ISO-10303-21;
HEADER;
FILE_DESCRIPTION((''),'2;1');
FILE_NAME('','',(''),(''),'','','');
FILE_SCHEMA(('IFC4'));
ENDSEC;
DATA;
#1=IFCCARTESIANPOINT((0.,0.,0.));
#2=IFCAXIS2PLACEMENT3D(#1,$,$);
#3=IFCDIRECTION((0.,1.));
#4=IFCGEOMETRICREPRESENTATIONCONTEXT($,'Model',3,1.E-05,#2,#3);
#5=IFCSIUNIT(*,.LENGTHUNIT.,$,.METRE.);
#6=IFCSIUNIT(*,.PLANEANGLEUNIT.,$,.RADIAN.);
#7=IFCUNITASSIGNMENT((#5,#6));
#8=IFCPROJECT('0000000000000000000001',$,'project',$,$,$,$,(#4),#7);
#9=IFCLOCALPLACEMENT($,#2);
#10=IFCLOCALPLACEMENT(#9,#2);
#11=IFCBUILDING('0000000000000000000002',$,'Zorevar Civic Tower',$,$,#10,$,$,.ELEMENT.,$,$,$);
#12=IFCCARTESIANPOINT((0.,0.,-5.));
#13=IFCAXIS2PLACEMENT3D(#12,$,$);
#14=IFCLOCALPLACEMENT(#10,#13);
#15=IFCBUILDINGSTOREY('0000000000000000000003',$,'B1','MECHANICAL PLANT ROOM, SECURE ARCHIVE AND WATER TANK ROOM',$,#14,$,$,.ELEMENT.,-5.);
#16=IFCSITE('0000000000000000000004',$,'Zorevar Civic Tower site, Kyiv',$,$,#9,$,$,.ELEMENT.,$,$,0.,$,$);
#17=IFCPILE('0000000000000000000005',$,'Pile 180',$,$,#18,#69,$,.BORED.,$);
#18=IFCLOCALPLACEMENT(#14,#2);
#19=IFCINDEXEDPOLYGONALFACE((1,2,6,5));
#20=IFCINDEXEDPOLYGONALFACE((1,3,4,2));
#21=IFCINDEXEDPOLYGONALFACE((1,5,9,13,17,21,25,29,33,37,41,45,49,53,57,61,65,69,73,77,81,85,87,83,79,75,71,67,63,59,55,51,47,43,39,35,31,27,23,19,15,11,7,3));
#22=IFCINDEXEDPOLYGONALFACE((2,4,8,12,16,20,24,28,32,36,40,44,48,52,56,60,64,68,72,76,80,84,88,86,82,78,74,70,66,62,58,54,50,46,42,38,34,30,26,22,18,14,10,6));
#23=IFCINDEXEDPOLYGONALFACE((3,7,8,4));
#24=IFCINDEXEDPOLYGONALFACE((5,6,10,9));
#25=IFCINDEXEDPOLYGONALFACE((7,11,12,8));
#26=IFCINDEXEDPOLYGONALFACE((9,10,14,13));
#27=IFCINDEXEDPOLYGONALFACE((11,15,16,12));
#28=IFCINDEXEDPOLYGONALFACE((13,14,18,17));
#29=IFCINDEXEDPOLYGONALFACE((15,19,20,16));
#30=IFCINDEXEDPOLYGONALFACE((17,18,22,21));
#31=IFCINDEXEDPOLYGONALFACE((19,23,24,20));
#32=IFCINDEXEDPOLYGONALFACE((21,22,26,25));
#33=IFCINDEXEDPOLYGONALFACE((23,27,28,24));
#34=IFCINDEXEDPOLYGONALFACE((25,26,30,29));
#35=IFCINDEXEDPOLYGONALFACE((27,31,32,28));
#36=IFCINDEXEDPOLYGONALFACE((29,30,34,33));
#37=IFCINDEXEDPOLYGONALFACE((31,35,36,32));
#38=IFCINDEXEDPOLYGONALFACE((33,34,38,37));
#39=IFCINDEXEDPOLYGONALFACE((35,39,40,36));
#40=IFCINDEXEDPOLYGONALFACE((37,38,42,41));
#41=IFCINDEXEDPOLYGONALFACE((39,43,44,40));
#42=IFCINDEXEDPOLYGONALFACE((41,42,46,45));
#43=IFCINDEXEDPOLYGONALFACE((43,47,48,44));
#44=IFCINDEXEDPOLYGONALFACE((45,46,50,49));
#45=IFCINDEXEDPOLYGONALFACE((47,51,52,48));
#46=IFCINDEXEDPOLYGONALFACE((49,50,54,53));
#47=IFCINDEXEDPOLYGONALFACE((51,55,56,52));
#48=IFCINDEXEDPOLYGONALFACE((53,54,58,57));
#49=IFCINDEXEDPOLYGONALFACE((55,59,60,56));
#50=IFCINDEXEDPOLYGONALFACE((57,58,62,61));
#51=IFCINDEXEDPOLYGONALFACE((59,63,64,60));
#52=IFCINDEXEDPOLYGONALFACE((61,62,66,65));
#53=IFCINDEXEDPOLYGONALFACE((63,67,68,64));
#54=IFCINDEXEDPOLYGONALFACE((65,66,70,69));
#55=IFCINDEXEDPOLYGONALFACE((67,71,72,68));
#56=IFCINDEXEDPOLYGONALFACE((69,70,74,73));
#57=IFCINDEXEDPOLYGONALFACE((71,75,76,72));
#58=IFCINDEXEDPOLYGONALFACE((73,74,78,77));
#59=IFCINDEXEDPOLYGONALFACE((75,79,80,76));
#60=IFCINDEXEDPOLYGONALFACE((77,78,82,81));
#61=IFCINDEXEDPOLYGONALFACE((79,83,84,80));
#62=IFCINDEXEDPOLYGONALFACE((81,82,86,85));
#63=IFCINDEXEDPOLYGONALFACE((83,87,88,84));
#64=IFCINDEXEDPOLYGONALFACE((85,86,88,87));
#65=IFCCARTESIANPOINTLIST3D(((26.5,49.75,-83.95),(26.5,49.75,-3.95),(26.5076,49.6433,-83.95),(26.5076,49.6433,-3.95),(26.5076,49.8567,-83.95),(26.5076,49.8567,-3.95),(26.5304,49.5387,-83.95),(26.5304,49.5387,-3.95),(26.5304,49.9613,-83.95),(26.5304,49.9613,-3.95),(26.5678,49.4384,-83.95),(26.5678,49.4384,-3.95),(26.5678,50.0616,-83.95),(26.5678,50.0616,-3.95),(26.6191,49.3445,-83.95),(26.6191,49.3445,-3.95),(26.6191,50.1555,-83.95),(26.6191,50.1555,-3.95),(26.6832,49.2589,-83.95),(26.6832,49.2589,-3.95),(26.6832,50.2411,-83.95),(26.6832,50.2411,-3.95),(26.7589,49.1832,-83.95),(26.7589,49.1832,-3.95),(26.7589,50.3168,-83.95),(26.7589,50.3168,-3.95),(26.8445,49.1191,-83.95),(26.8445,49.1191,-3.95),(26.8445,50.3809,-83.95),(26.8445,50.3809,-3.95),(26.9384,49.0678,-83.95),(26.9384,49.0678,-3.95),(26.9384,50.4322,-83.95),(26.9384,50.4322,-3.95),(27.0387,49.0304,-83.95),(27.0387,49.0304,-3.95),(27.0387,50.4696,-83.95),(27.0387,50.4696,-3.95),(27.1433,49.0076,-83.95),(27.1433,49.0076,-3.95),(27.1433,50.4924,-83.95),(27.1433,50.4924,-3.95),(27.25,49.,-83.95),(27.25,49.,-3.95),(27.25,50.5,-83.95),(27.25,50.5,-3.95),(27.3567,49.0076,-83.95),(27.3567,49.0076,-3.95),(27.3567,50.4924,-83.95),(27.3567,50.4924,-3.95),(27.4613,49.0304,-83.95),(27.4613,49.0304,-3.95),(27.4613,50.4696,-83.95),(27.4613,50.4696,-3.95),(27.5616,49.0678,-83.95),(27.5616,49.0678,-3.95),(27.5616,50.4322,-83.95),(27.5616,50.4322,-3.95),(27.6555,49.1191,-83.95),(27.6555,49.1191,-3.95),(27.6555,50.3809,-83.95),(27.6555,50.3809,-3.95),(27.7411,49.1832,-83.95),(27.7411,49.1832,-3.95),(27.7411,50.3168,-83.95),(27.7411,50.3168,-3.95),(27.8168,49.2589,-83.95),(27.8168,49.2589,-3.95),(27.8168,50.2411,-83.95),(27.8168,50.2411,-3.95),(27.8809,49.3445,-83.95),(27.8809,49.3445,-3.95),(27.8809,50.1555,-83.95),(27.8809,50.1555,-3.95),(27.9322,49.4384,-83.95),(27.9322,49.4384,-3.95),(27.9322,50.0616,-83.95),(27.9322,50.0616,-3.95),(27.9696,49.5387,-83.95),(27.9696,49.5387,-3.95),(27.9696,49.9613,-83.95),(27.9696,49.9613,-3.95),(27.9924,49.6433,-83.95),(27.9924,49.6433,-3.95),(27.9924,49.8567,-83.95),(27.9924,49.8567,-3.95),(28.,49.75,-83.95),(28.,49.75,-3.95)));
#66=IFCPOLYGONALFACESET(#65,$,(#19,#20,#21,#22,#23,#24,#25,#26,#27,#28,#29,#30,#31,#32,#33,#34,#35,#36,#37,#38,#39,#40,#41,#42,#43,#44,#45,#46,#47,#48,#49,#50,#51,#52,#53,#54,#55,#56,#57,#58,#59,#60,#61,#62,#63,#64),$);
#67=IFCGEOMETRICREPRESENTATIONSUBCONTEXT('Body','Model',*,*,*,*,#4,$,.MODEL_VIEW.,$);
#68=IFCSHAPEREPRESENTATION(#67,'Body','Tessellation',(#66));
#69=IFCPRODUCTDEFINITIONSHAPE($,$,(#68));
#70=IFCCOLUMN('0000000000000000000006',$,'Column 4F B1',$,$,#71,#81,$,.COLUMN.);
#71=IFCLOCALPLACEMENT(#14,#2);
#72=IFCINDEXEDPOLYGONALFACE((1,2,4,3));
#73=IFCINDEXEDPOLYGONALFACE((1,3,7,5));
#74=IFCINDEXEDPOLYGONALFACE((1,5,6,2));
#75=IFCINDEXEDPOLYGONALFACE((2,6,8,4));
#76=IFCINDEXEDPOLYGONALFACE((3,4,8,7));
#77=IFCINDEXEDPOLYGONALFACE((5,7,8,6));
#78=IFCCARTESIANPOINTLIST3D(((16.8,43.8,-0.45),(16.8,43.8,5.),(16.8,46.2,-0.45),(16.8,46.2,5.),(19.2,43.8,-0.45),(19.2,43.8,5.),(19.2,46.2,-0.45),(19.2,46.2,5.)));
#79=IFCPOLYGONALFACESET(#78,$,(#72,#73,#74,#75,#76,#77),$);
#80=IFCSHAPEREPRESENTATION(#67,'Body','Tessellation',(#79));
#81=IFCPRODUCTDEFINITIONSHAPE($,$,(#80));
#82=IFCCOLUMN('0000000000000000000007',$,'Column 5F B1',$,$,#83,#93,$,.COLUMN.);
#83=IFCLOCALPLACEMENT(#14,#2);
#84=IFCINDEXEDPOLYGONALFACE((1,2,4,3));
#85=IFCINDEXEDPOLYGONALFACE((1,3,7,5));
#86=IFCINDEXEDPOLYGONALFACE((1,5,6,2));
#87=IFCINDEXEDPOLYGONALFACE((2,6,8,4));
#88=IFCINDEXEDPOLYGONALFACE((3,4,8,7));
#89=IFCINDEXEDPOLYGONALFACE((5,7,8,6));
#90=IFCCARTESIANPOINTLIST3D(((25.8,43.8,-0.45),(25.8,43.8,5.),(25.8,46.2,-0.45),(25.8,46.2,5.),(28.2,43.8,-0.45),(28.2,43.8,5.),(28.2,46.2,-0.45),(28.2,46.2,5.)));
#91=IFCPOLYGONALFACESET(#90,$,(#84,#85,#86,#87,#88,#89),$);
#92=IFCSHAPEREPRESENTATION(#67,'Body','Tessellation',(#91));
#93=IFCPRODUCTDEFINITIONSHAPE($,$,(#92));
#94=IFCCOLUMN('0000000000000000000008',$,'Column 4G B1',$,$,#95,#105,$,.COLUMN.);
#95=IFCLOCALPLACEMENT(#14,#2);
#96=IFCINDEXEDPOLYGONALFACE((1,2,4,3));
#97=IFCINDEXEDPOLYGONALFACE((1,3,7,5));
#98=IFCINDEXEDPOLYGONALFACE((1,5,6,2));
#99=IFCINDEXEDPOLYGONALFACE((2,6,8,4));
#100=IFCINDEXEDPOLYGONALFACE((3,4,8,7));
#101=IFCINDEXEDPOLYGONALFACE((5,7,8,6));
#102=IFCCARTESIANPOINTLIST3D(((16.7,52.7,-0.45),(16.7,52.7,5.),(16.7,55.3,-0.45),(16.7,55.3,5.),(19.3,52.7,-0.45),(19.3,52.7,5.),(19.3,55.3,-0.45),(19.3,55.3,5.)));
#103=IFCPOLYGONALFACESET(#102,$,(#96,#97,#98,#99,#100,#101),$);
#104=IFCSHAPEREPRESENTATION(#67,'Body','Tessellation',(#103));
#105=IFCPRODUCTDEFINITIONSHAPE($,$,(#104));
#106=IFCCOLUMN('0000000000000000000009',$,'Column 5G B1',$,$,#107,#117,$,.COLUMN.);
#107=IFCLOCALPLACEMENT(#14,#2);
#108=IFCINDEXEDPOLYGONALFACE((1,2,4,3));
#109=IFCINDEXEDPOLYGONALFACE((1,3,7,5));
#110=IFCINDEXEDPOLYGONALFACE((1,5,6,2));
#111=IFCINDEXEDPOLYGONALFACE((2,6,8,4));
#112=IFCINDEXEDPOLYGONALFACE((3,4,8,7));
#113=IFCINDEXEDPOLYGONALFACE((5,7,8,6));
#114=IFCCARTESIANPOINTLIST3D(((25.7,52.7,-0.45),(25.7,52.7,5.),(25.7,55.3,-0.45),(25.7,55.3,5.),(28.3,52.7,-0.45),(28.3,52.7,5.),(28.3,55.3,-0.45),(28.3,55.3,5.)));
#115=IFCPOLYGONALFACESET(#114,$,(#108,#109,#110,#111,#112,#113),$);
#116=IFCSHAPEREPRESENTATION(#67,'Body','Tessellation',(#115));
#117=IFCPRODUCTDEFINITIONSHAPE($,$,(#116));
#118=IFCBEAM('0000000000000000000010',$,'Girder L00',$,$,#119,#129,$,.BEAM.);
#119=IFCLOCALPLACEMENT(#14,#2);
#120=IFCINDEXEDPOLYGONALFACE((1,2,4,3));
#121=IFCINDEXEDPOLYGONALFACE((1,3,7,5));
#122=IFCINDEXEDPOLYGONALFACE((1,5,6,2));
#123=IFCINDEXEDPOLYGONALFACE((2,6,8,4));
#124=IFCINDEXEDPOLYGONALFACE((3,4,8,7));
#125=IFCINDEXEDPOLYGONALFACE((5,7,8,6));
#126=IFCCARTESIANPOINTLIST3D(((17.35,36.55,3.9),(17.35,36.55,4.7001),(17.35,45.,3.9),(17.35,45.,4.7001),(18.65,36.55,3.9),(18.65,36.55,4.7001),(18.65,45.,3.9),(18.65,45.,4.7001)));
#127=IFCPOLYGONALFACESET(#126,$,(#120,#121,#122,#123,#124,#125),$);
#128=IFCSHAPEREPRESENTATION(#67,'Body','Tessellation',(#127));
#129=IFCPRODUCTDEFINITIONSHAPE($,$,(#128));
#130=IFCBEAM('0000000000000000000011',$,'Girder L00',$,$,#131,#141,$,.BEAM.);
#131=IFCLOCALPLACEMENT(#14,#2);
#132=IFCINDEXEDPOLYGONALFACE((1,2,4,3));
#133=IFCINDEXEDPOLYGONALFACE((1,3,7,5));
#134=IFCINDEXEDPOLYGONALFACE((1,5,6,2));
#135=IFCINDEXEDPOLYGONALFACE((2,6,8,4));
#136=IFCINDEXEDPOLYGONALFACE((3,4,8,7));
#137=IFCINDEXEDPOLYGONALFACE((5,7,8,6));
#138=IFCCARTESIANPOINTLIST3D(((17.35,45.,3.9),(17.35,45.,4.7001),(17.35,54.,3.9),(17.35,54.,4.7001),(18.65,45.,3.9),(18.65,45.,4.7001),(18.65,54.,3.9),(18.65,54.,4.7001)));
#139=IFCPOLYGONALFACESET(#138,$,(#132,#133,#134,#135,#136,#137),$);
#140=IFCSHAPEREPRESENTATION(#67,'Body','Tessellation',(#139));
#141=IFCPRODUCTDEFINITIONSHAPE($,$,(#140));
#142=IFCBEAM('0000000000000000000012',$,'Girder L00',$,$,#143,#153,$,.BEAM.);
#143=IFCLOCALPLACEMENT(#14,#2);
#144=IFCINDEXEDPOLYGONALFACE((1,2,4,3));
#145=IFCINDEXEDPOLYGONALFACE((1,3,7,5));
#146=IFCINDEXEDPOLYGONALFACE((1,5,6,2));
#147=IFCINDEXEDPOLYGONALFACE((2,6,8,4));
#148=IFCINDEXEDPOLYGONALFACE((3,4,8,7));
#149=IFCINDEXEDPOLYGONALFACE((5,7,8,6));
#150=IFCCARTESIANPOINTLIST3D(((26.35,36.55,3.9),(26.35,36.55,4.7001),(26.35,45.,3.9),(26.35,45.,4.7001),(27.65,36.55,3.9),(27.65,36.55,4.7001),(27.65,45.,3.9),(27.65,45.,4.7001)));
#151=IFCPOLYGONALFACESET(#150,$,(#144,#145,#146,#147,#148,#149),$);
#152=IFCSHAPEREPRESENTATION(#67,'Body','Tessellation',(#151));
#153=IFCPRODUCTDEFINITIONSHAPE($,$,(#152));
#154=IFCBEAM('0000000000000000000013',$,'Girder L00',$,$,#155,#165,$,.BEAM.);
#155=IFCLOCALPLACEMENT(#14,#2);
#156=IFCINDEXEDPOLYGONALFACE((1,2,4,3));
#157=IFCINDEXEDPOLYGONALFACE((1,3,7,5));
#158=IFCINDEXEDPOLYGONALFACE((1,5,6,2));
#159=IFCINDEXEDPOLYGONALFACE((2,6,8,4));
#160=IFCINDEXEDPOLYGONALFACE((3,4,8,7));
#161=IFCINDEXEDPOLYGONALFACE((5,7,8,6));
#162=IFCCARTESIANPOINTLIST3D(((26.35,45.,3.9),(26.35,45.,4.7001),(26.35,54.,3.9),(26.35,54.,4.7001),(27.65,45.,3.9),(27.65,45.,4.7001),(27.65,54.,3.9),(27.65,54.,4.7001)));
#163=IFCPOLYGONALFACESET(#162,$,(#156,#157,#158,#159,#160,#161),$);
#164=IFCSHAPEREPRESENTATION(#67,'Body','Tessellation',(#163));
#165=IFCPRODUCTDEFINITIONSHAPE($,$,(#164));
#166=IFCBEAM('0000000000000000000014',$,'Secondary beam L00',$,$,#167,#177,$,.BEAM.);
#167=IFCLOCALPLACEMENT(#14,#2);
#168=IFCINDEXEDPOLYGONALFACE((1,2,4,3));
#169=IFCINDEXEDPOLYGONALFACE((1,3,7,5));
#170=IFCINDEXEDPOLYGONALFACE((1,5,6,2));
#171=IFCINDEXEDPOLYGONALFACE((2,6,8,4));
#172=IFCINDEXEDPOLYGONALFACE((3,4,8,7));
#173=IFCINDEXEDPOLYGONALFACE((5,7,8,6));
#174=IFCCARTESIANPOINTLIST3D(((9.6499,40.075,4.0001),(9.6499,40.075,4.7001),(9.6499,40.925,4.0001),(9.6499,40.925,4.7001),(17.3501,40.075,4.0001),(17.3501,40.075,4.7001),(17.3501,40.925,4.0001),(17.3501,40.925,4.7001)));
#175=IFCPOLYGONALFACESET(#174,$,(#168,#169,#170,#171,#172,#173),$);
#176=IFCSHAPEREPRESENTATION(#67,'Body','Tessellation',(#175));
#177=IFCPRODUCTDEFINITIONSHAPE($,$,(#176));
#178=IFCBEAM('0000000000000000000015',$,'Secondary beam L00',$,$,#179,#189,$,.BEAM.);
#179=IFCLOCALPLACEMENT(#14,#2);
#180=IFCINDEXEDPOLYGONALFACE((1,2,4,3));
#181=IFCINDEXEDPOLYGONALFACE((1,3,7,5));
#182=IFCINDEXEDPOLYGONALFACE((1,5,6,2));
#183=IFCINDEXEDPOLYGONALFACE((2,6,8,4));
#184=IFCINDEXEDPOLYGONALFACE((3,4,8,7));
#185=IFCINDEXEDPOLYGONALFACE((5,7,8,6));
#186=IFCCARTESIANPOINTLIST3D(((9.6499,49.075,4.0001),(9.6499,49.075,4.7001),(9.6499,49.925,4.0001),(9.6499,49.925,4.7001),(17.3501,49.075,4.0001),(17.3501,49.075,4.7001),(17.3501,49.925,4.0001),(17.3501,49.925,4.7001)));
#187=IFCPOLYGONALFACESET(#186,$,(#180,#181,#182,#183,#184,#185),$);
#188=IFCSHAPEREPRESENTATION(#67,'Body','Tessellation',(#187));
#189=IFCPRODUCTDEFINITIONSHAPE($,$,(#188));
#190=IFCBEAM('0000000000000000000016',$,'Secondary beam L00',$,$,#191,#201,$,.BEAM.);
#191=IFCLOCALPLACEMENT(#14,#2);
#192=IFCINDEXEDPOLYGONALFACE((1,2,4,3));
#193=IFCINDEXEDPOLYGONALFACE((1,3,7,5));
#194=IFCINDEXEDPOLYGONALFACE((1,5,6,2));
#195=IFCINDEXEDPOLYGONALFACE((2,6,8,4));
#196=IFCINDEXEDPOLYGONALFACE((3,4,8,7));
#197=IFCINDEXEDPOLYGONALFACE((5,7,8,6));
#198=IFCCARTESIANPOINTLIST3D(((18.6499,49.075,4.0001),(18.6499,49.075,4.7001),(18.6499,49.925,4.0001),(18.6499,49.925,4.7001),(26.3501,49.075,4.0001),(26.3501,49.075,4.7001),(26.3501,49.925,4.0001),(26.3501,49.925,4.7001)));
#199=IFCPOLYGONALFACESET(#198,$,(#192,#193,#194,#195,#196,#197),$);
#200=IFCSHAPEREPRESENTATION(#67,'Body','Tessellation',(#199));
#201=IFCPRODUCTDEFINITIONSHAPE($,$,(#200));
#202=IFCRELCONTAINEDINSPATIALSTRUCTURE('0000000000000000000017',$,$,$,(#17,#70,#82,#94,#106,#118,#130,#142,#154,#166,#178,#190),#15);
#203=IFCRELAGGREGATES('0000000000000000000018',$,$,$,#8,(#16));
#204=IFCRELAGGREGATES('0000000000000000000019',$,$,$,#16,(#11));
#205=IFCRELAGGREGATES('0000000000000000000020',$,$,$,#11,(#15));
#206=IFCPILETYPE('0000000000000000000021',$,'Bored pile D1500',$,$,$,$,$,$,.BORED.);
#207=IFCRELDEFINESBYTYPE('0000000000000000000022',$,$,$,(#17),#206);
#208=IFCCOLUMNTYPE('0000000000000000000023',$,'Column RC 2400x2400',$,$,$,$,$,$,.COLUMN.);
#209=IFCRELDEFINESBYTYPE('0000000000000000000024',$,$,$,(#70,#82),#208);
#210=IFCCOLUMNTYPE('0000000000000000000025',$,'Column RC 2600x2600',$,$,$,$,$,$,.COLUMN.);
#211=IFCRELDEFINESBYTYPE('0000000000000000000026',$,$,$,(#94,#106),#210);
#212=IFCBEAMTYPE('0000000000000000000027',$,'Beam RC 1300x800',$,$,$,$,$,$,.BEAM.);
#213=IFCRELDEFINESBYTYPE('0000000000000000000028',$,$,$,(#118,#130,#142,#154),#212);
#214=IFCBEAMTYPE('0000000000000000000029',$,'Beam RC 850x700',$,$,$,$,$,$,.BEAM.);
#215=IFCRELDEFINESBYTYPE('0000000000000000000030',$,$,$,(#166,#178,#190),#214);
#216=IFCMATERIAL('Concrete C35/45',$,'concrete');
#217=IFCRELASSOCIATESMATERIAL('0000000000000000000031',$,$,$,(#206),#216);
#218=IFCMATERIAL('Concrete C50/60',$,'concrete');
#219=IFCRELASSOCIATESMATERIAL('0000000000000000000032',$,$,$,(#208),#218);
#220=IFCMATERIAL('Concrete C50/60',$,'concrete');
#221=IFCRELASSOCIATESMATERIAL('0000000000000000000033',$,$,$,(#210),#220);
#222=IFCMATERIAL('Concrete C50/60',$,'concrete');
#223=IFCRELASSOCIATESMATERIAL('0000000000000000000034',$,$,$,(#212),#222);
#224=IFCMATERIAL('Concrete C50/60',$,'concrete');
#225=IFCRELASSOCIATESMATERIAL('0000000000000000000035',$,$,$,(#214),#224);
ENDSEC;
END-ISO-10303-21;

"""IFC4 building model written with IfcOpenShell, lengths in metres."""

from ifc_helpers import new_model, si_unit, direction, frame, origin, origin_2d, place, context, subcontext, project, spatial, rectangle, circle, extrude, material, material_profile, profile_set, type_object, element, save


model = new_model("IFC4")

# Units and contexts
model_context = context("Model", 3, precision=1e-05, world=origin(), true_north=direction((0.0, 1.0)))
body_context = subcontext(model_context, "Body", "Model", "MODEL_VIEW")
ifc_project = project(units=[si_unit("LENGTHUNIT", "METRE"), si_unit("PLANEANGLEUNIT", "RADIAN")], contexts=[model_context])

# Site, building, storey
site_placement = place(None, origin())
site = spatial("IfcSite", under=ifc_project, at=site_placement, Name="Zorevar Civic Tower site, Kyiv", CompositionType="ELEMENT", RefElevation=0.0)
building_placement = place(site_placement, origin())
building = spatial("IfcBuilding", under=site, at=building_placement, Name="Zorevar Civic Tower", CompositionType="ELEMENT")
storey_placement = place(building_placement, frame((0.0, 0.0, -5.0)))
storey = spatial("IfcBuildingStorey", under=building, at=storey_placement, Name="B1", Description="MECHANICAL PLANT ROOM, SECURE ARCHIVE AND WATER TANK ROOM", CompositionType="ELEMENT", Elevation=-5.0)

# Pile
ifc_material_1 = material(Name="Concrete C35/45", Category="concrete")
pile_type = type_object("IfcPileType", Name="Bored pile D1500", PredefinedType="BORED", material=ifc_material_1)
for number, where, z_axis, x_axis, name in (
    (1, (27.25, 49.75, -3.95), (0.0, 0.0, -1.0), (1.0, 0.0, 0.0), "Pile 180"),
):
    element("IfcPile", number, at=place(storey_placement, frame(where, z_axis=z_axis, x_axis=x_axis)), inside=storey, type_object=pile_type, Name=name, PredefinedType="BORED", context=body_context, shape_type="SweptSolid", body=[
        extrude(circle(Radius=0.75, at=origin_2d()), origin(), (0.0, 0.0, 1.0), 80.0),
    ])

# Columns
ifc_material_2 = material(Name="Concrete C50/60", Category="concrete")
ifc_material_profile_1 = material_profile(ifc_material_2, rectangle(XDim=2.3999, YDim=2.3999, at=origin_2d()), Name="RC 2400x2400")
ifc_profile_set_1 = profile_set([ifc_material_profile_1], Name="Concrete C50/60")
column_type_1 = type_object("IfcColumnType", Name="Column RC 2400x2400", PredefinedType="COLUMN", material=ifc_profile_set_1)
for number, where, z_axis, x_axis, name in (
    (2, (18.0, 45.0, -0.45), (0.0, 0.0, 1.0), (1.0, 0.0, 0.0), "Column 4F B1"),
    (3, (27.0, 45.0, -0.45), (0.0, 0.0, 1.0), (1.0, 0.0, 0.0), "Column 5F B1"),
):
    element("IfcColumn", number, at=place(storey_placement, frame(where, z_axis=z_axis, x_axis=x_axis)), inside=storey, type_object=column_type_1, Name=name, PredefinedType="COLUMN", context=body_context, shape_type="SweptSolid", body=[
        extrude(rectangle(XDim=2.3999, YDim=2.3999, at=origin_2d()), origin(), (0.0, 0.0, 1.0), 5.45),
    ])
ifc_material_3 = material(Name="Concrete C50/60", Category="concrete")
ifc_material_profile_2 = material_profile(ifc_material_3, rectangle(XDim=2.6001, YDim=2.6001, at=origin_2d()), Name="RC 2600x2600")
ifc_profile_set_2 = profile_set([ifc_material_profile_2], Name="Concrete C50/60")
column_type_2 = type_object("IfcColumnType", Name="Column RC 2600x2600", PredefinedType="COLUMN", material=ifc_profile_set_2)
for number, where, z_axis, x_axis, name in (
    (4, (18.0, 54.0, -0.45), (0.0, 0.0, 1.0), (1.0, 0.0, 0.0), "Column 4G B1"),
    (5, (27.0, 54.0, -0.45), (0.0, 0.0, 1.0), (1.0, 0.0, 0.0), "Column 5G B1"),
):
    element("IfcColumn", number, at=place(storey_placement, frame(where, z_axis=z_axis, x_axis=x_axis)), inside=storey, type_object=column_type_2, Name=name, PredefinedType="COLUMN", context=body_context, shape_type="SweptSolid", body=[
        extrude(rectangle(XDim=2.6001, YDim=2.6001, at=origin_2d()), origin(), (0.0, 0.0, 1.0), 5.45),
    ])

# Beams
ifc_material_4 = material(Name="Concrete C50/60", Category="concrete")
ifc_material_profile_3 = material_profile(ifc_material_4, rectangle(XDim=1.3, YDim=0.8, at=origin_2d()), Name="RC 1300x800")
ifc_profile_set_3 = profile_set([ifc_material_profile_3], Name="Concrete C50/60")
beam_type_1 = type_object("IfcBeamType", Name="Beam RC 1300x800", PredefinedType="BEAM", material=ifc_profile_set_3)
beam_1_placement = place(storey_placement, frame((18.0, 36.55, 4.3), z_axis=(0.0, 1.0, 0.0), x_axis=(-1.0, 0.0, 0.0)))
element("IfcBeam", 6, at=beam_1_placement, inside=storey, type_object=beam_type_1, Name="Girder L00", PredefinedType="BEAM", context=body_context, shape_type="SweptSolid", body=[
    extrude(rectangle(XDim=1.3, YDim=0.8, at=origin_2d()), origin(), (0.0, 0.0, 1.0), 8.45),
])
beam_2_placement = place(storey_placement, frame((18.0, 45.0, 4.3), z_axis=(0.0, 1.0, 0.0), x_axis=(-1.0, 0.0, 0.0)))
element("IfcBeam", 7, at=beam_2_placement, inside=storey, type_object=beam_type_1, Name="Girder L00", PredefinedType="BEAM", context=body_context, shape_type="SweptSolid", body=[
    extrude(rectangle(XDim=1.3, YDim=0.8, at=origin_2d()), origin(), (0.0, 0.0, 1.0), 9.0),
])
beam_3_placement = place(storey_placement, frame((27.0, 36.55, 4.3), z_axis=(0.0, 1.0, 0.0), x_axis=(-1.0, 0.0, 0.0)))
element("IfcBeam", 8, at=beam_3_placement, inside=storey, type_object=beam_type_1, Name="Girder L00", PredefinedType="BEAM", context=body_context, shape_type="SweptSolid", body=[
    extrude(rectangle(XDim=1.3, YDim=0.8, at=origin_2d()), origin(), (0.0, 0.0, 1.0), 8.45),
])
beam_4_placement = place(storey_placement, frame((27.0, 45.0, 4.3), z_axis=(0.0, 1.0, 0.0), x_axis=(-1.0, 0.0, 0.0)))
element("IfcBeam", 9, at=beam_4_placement, inside=storey, type_object=beam_type_1, Name="Girder L00", PredefinedType="BEAM", context=body_context, shape_type="SweptSolid", body=[
    extrude(rectangle(XDim=1.3, YDim=0.8, at=origin_2d()), origin(), (0.0, 0.0, 1.0), 9.0),
])
ifc_material_5 = material(Name="Concrete C50/60", Category="concrete")
ifc_material_profile_4 = material_profile(ifc_material_5, rectangle(XDim=0.8501, YDim=0.7, at=origin_2d()), Name="RC 850x700")
ifc_profile_set_4 = profile_set([ifc_material_profile_4], Name="Concrete C50/60")
beam_type_2 = type_object("IfcBeamType", Name="Beam RC 850x700", PredefinedType="BEAM", material=ifc_profile_set_4)
for number, where, z_axis, x_axis, name in (
    (10, (9.6499, 40.5, 4.3501), (1.0, 0.0, 0.0), (0.0, 1.0, 0.0), "Secondary beam L00"),
    (11, (9.6499, 49.5, 4.3501), (1.0, 0.0, 0.0), (0.0, 1.0, 0.0), "Secondary beam L00"),
    (12, (18.6499, 49.5, 4.3501), (1.0, 0.0, 0.0), (0.0, 1.0, 0.0), "Secondary beam L00"),
):
    element("IfcBeam", number, at=place(storey_placement, frame(where, z_axis=z_axis, x_axis=x_axis)), inside=storey, type_object=beam_type_2, Name=name, PredefinedType="BEAM", context=body_context, shape_type="SweptSolid", body=[
        extrude(rectangle(XDim=0.8501, YDim=0.7, at=origin_2d()), origin(), (0.0, 0.0, 1.0), 7.7002),
    ])

save(model, "model.ifc")
